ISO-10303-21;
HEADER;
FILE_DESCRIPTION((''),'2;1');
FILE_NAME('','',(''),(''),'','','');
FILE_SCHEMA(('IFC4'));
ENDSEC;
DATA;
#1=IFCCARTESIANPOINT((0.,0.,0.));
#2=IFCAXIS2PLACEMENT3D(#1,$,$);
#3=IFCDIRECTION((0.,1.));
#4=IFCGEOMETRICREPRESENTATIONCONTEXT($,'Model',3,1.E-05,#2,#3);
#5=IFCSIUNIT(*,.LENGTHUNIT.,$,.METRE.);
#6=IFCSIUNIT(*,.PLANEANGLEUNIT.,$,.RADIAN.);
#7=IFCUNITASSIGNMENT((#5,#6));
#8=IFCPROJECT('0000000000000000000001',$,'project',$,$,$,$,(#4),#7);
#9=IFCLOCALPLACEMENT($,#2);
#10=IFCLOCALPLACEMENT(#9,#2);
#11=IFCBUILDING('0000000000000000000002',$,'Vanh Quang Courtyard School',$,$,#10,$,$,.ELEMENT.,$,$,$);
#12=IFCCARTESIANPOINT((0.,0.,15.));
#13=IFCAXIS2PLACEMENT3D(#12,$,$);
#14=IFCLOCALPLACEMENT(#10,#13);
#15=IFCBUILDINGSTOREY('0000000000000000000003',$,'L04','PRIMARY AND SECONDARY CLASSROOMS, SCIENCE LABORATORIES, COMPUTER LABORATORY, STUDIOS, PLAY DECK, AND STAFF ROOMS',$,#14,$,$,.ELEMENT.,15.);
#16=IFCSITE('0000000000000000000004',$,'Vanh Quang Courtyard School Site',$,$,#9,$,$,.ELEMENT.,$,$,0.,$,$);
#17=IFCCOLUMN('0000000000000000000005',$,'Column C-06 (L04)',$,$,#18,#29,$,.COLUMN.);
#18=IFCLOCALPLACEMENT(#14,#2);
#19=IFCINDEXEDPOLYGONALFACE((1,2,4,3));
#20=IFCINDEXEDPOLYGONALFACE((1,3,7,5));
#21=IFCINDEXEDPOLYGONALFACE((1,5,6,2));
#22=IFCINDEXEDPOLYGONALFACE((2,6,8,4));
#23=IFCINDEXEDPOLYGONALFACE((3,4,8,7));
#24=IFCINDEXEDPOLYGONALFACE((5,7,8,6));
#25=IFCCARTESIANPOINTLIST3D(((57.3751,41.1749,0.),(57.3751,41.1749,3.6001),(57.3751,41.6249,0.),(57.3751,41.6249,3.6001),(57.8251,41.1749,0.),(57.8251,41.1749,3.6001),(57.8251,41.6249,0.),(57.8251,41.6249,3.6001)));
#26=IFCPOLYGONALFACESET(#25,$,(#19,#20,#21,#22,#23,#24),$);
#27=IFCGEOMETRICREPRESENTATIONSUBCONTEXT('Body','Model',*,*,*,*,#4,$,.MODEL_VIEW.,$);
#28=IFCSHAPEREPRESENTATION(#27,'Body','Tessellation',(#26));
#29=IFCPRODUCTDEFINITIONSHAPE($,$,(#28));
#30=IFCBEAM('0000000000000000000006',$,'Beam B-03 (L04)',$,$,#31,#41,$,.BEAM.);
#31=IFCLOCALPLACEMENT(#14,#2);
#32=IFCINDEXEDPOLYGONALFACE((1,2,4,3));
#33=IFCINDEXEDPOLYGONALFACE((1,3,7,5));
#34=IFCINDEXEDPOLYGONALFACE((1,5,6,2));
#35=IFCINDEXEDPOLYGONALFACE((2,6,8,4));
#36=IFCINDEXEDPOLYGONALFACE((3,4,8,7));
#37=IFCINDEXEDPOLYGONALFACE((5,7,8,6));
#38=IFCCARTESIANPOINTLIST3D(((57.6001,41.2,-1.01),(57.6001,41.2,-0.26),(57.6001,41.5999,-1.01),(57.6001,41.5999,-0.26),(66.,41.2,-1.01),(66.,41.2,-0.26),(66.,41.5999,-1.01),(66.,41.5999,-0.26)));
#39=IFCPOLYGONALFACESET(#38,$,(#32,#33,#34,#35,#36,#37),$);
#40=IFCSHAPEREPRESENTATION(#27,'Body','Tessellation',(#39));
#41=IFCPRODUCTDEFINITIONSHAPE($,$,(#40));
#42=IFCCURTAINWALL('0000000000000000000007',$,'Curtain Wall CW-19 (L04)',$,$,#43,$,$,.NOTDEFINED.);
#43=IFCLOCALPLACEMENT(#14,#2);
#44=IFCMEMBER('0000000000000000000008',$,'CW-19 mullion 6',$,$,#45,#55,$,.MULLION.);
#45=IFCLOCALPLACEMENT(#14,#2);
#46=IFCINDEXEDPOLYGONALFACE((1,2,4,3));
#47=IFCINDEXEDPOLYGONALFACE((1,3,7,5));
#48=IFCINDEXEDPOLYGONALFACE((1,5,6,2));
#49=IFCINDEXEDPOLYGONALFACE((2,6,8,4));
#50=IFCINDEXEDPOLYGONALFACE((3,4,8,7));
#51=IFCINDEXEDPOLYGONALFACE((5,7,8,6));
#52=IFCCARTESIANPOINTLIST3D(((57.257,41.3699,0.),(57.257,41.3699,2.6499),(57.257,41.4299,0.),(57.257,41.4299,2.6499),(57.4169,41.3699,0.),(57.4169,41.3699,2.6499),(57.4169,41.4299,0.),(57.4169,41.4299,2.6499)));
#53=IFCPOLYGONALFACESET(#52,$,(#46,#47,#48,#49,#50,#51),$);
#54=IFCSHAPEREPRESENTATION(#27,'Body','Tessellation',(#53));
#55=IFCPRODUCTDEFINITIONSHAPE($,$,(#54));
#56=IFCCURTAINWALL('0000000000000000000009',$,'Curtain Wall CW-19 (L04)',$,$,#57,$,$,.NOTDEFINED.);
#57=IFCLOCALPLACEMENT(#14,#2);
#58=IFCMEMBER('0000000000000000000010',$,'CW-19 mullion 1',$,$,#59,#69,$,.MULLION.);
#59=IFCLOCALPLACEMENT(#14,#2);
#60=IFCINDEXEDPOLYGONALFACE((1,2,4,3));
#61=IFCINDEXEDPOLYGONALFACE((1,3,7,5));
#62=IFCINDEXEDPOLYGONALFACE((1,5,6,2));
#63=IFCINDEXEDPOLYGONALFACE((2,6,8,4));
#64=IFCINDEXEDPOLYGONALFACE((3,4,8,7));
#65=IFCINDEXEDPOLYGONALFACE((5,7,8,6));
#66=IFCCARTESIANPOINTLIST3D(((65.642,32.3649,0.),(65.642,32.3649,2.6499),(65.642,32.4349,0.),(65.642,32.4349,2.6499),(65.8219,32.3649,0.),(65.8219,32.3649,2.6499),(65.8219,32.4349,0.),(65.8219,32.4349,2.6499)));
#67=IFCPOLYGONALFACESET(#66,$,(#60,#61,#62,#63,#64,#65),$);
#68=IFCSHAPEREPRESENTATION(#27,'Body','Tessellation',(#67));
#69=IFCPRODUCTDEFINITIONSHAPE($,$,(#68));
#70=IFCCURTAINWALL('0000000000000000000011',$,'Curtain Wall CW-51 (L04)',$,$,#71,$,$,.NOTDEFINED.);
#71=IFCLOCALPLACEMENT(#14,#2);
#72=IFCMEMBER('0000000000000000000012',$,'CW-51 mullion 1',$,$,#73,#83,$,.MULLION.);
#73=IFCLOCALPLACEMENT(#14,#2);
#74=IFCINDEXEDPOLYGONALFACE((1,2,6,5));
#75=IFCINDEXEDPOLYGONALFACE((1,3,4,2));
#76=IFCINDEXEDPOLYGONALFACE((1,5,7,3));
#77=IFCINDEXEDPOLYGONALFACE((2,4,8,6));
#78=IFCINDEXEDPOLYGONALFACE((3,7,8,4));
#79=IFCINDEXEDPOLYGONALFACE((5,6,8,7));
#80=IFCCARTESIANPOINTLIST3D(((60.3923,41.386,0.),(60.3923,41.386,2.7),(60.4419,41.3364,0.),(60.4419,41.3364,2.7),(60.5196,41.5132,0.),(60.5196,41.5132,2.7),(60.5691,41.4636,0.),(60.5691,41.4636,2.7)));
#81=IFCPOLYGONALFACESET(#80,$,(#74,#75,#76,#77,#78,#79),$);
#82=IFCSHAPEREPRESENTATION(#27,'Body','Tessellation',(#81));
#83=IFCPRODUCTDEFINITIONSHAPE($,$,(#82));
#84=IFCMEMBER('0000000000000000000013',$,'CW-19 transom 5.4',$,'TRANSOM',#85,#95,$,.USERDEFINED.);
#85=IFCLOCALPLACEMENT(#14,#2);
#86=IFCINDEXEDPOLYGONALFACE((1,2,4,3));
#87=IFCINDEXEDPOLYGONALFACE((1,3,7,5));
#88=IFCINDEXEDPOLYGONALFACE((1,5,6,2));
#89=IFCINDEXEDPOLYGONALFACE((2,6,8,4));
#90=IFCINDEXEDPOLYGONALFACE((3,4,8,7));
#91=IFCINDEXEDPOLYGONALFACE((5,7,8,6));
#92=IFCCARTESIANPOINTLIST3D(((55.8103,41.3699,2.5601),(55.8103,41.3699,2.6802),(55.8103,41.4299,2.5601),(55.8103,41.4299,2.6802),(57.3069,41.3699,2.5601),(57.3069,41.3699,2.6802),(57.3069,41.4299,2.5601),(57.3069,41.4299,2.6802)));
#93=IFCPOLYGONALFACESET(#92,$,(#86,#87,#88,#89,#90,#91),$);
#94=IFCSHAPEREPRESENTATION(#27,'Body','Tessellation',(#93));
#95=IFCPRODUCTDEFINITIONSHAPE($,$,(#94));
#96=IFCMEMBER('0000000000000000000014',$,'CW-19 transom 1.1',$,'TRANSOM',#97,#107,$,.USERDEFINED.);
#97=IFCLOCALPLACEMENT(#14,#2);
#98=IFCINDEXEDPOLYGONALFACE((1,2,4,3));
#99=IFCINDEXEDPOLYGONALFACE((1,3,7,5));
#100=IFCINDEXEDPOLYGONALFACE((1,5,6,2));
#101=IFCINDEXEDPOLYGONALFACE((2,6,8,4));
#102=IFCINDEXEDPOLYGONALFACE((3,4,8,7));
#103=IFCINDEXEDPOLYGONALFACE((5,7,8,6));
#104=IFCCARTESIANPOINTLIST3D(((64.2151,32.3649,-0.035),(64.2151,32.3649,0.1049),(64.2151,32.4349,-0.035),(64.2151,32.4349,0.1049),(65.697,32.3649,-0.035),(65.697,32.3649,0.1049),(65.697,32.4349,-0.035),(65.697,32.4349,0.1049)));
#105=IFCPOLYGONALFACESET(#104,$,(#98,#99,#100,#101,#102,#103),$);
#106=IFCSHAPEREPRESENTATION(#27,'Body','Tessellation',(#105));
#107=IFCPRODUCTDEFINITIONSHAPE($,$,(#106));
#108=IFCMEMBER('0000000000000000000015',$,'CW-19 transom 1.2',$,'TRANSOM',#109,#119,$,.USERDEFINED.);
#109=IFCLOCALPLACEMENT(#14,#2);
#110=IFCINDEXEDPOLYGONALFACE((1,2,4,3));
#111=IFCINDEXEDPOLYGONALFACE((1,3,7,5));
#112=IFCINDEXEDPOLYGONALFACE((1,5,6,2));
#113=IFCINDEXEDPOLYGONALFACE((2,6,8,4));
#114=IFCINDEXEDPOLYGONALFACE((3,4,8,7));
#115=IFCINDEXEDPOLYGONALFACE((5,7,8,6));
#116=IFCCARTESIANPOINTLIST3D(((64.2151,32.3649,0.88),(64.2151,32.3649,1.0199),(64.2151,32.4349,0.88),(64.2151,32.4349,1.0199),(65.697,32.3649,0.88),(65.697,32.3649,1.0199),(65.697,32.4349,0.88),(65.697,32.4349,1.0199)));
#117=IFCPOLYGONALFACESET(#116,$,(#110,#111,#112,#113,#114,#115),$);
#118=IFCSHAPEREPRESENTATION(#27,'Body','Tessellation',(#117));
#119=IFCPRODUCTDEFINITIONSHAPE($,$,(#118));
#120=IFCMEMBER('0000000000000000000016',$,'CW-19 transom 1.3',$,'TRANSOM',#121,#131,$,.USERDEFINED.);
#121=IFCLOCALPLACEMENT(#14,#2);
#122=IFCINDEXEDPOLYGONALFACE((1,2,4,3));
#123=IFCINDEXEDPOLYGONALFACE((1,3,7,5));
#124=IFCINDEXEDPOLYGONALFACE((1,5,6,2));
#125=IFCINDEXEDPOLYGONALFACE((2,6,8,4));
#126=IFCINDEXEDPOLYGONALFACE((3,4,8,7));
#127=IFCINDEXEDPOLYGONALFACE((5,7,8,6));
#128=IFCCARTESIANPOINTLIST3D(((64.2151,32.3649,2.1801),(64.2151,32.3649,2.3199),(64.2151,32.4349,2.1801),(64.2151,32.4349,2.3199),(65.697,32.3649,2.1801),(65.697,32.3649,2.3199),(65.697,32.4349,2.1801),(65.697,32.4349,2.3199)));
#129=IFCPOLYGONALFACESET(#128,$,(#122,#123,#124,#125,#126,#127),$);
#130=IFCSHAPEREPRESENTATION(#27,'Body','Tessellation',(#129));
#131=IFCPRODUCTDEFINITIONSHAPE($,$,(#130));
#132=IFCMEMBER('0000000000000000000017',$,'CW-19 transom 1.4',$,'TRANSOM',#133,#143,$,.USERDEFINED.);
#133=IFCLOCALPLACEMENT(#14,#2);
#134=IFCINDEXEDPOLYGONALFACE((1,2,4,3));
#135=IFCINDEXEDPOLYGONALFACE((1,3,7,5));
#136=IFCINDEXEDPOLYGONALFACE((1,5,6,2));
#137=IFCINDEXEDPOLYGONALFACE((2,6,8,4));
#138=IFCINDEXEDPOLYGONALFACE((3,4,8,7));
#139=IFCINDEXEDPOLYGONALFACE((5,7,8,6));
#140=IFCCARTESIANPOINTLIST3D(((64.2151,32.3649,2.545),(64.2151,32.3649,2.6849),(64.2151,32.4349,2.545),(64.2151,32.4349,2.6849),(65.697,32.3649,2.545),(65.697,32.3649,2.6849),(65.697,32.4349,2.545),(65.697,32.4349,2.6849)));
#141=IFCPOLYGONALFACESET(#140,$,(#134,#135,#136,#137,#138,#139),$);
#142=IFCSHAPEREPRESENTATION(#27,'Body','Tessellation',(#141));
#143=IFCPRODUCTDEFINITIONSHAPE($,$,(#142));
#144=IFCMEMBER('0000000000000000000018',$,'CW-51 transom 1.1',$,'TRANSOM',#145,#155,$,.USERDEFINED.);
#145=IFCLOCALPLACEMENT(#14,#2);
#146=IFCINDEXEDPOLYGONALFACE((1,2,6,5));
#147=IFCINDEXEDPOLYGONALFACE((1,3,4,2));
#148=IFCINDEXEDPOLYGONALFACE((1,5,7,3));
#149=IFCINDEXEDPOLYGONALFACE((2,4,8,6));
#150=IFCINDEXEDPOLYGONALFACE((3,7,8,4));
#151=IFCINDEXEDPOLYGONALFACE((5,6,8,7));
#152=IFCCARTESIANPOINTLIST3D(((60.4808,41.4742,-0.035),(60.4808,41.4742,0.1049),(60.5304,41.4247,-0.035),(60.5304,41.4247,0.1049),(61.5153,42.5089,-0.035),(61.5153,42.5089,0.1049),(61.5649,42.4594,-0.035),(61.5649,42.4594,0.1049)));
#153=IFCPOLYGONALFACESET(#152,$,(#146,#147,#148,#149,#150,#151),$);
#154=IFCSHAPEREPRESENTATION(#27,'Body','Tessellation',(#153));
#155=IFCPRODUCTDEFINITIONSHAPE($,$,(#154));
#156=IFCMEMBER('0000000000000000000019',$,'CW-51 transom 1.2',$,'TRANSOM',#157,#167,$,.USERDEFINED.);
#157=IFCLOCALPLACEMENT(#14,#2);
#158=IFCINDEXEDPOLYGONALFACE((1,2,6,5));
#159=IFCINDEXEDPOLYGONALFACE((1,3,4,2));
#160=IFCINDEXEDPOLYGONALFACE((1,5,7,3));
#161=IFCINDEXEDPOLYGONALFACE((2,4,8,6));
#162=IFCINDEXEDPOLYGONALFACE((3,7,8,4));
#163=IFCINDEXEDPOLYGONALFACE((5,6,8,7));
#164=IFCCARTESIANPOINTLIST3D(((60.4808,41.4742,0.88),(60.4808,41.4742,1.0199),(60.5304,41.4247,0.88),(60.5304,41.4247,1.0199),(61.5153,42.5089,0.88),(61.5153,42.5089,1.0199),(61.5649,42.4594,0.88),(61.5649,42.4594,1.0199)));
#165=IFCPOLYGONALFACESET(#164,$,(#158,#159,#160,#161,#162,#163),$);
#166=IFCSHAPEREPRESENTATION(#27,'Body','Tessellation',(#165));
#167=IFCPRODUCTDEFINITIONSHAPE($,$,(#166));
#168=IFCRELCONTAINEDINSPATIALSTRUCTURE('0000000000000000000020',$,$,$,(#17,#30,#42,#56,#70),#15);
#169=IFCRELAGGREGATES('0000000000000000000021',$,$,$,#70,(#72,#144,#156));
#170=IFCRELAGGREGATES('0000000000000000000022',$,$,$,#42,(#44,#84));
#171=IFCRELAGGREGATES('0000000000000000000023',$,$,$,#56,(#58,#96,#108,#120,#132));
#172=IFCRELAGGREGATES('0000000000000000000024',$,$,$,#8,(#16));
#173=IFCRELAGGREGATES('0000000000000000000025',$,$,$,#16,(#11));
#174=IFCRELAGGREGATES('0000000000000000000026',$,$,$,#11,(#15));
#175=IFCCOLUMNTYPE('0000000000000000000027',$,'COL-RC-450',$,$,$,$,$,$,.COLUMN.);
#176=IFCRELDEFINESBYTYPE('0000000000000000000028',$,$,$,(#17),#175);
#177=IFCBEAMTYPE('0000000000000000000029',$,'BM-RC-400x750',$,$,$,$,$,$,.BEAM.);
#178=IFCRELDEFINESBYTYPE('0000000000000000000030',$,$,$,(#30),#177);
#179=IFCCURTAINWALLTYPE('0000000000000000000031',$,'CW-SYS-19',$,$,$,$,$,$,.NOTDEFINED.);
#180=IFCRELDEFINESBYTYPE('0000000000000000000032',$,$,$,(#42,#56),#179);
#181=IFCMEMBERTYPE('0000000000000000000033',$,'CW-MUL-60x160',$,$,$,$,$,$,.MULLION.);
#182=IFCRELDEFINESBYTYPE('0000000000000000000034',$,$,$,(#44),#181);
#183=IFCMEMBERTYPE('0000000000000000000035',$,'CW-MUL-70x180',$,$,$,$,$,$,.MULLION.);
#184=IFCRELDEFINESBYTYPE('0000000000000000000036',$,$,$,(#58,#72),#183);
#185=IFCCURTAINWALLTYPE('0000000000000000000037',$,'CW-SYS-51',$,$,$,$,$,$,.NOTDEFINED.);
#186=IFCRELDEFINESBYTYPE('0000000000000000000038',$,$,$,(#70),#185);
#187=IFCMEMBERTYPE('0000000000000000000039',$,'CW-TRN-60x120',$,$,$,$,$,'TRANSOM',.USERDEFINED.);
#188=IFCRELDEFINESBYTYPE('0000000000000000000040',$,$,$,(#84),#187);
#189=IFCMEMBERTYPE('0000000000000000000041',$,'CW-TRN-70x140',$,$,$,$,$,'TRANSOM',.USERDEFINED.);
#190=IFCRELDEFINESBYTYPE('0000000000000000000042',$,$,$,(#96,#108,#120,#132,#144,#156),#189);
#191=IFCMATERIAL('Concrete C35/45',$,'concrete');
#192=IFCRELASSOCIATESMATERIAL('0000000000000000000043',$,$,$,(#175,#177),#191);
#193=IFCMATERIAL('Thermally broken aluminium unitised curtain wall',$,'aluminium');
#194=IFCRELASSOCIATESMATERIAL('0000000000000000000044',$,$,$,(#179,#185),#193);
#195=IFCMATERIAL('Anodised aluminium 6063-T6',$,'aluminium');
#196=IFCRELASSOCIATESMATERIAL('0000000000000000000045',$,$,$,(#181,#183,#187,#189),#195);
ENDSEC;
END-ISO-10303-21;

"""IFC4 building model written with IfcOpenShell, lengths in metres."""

from ifc_helpers import new_model, si_unit, direction, frame, origin, origin_2d, place, context, subcontext, project, spatial, rectangle, extrude, material, material_profile, profile_set, type_object, element, aggregate, save


model = new_model("IFC4")

# Units and contexts
model_context = context("Model", 3, precision=1e-05, world=origin(), true_north=direction((0.0, 1.0)))
body_context = subcontext(model_context, "Body", "Model", "MODEL_VIEW")
ifc_project = project(units=[si_unit("LENGTHUNIT", "METRE"), si_unit("PLANEANGLEUNIT", "RADIAN")], contexts=[model_context])

# Site, building, storey
site_placement = place(None, origin())
site = spatial("IfcSite", under=ifc_project, at=site_placement, Name="Vanh Quang Courtyard School Site", CompositionType="ELEMENT", RefElevation=0.0)
building_placement = place(site_placement, origin())
building = spatial("IfcBuilding", under=site, at=building_placement, Name="Vanh Quang Courtyard School", CompositionType="ELEMENT")
storey_placement = place(building_placement, frame((0.0, 0.0, 15.0)))
storey = spatial("IfcBuildingStorey", under=building, at=storey_placement, Name="L04", Description="PRIMARY AND SECONDARY CLASSROOMS, SCIENCE LABORATORIES, COMPUTER LABORATORY, STUDIOS, PLAY DECK, AND STAFF ROOMS", CompositionType="ELEMENT", Elevation=15.0)

# Column
ifc_material_1 = material(Name="Concrete C35/45", Category="concrete")
ifc_material_profile_1 = material_profile(ifc_material_1, rectangle(XDim=0.45, YDim=0.45, at=origin_2d()), Name="RC-COL 450x450")
ifc_profile_set_1 = profile_set([ifc_material_profile_1], Name="Concrete C35/45")
column_type = type_object("IfcColumnType", Name="COL-RC-450", PredefinedType="COLUMN", material=ifc_profile_set_1)
column_placement = place(storey_placement, frame((57.6001, 41.3999, 0.0), z_axis=(0.0, 0.0, 1.0), x_axis=(1.0, 0.0, 0.0)))
element("IfcColumn", 1, at=column_placement, inside=storey, type_object=column_type, Name="Column C-06 (L04)", PredefinedType="COLUMN", context=body_context, shape_type="SweptSolid", body=[
    extrude(rectangle(XDim=0.45, YDim=0.45, at=origin_2d()), origin(), (0.0, 0.0, 1.0), 3.6001),
])

# Beam
ifc_material_profile_2 = material_profile(ifc_material_1, rectangle(XDim=0.3999, YDim=0.75, at=origin_2d()), Name="RC-BM 400x750")
ifc_profile_set_2 = profile_set([ifc_material_profile_2], Name="Concrete C35/45")
beam_type_1 = type_object("IfcBeamType", Name="BM-RC-400x750", PredefinedType="BEAM", material=ifc_profile_set_2)
beam_placement = place(storey_placement, frame((57.6001, 41.3999, -0.635), z_axis=(1.0, 0.0, 0.0), x_axis=(0.0, 1.0, 0.0)))
element("IfcBeam", 2, at=beam_placement, inside=storey, type_object=beam_type_1, Name="Beam B-03 (L04)", PredefinedType="BEAM", context=body_context, shape_type="SweptSolid", body=[
    extrude(rectangle(XDim=0.3999, YDim=0.75, at=origin_2d()), origin(), (0.0, 0.0, 1.0), 8.3999),
])

# Curtain walls, members
ifc_material_2 = material(Name="Thermally broken aluminium unitised curtain wall", Category="aluminium")
curtain_wall_type_1 = type_object("IfcCurtainWallType", Name="CW-SYS-19", PredefinedType="NOTDEFINED", material=ifc_material_2)
curtain_wall_1_placement = place(storey_placement, origin())
curtain_wall_1 = element("IfcCurtainWall", 3, at=curtain_wall_1_placement, inside=storey, type_object=curtain_wall_type_1, Name="Curtain Wall CW-19 (L04)", PredefinedType="NOTDEFINED")
ifc_material_3 = material(Name="Anodised aluminium 6063-T6", Category="aluminium")
ifc_material_profile_3 = material_profile(ifc_material_3, rectangle(XDim=0.0601, YDim=0.1599, at=origin_2d()), Name="ALU-MUL 60x160")
ifc_profile_set_3 = profile_set([ifc_material_profile_3], Name="Anodised aluminium 6063-T6")
member_type_1 = type_object("IfcMemberType", Name="CW-MUL-60x160", PredefinedType="MULLION", material=ifc_profile_set_3)
member_1_placement = place(storey_placement, frame((57.3369, 41.3999, 0.0), z_axis=(0.0, 0.0, 1.0), x_axis=(0.0, 1.0, 0.0)))
member_1 = element("IfcMember", 4, at=member_1_placement, type_object=member_type_1, Name="CW-19 mullion 6", PredefinedType="MULLION", context=body_context, shape_type="SweptSolid", body=[
    extrude(rectangle(XDim=0.0601, YDim=0.1599, at=origin_2d()), origin(), (0.0, 0.0, 1.0), 2.6499),
])
curtain_wall_2_placement = place(storey_placement, origin())
curtain_wall_2 = element("IfcCurtainWall", 5, at=curtain_wall_2_placement, inside=storey, type_object=curtain_wall_type_1, Name="Curtain Wall CW-19 (L04)", PredefinedType="NOTDEFINED")
ifc_material_profile_4 = material_profile(ifc_material_3, rectangle(XDim=0.0701, YDim=0.1799, at=origin_2d()), Name="ALU-MUL 70x180")
ifc_profile_set_4 = profile_set([ifc_material_profile_4], Name="Anodised aluminium 6063-T6")
member_type_2 = type_object("IfcMemberType", Name="CW-MUL-70x180", PredefinedType="MULLION", material=ifc_profile_set_4)
member_2_placement = place(storey_placement, frame((65.7319, 32.3999, 0.0), z_axis=(0.0, 0.0, 1.0), x_axis=(0.0, -1.0, 0.0)))
member_2 = element("IfcMember", 6, at=member_2_placement, type_object=member_type_2, Name="CW-19 mullion 1", PredefinedType="MULLION", context=body_context, shape_type="SweptSolid", body=[
    extrude(rectangle(XDim=0.0701, YDim=0.1799, at=origin_2d()), origin(), (0.0, 0.0, 1.0), 2.6499),
])
curtain_wall_type_2 = type_object("IfcCurtainWallType", Name="CW-SYS-51", PredefinedType="NOTDEFINED", material=ifc_material_2)
curtain_wall_3_placement = place(storey_placement, origin())
curtain_wall_3 = element("IfcCurtainWall", 7, at=curtain_wall_3_placement, inside=storey, type_object=curtain_wall_type_2, Name="Curtain Wall CW-51 (L04)", PredefinedType="NOTDEFINED")
member_3_placement = place(storey_placement, frame((60.4807, 41.4248, 0.0), z_axis=(0.0, 0.0, 1.0), x_axis=(-0.707107, 0.707107, 0.0)))
member_3 = element("IfcMember", 8, at=member_3_placement, type_object=member_type_2, Name="CW-51 mullion 1", PredefinedType="MULLION", context=body_context, shape_type="SweptSolid", body=[
    extrude(rectangle(XDim=0.0701, YDim=0.1799, at=origin_2d()), origin(), (0.0, 0.0, 1.0), 2.7),
])

# Members
ifc_material_profile_5 = material_profile(ifc_material_3, rectangle(XDim=0.0601, YDim=0.1201, at=origin_2d()), Name="ALU-TRN 60x120")
ifc_profile_set_5 = profile_set([ifc_material_profile_5], Name="Anodised aluminium 6063-T6")
member_type_3 = type_object("IfcMemberType", Name="CW-TRN-60x120", ElementType="TRANSOM", PredefinedType="USERDEFINED", material=ifc_profile_set_5)
member_4_placement = place(storey_placement, frame((55.8103, 41.3999, 2.6201), z_axis=(1.0, 0.0, 0.0), x_axis=(0.0, 1.0, 0.0)))
member_4 = element("IfcMember", 9, at=member_4_placement, type_object=member_type_3, Name="CW-19 transom 5.4", ObjectType="TRANSOM", PredefinedType="USERDEFINED", context=body_context, shape_type="SweptSolid", body=[
    extrude(rectangle(XDim=0.0601, YDim=0.1201, at=origin_2d()), origin(), (0.0, 0.0, 1.0), 1.4966),
])
ifc_material_profile_6 = material_profile(ifc_material_3, rectangle(XDim=0.0701, YDim=0.1399, at=origin_2d()), Name="ALU-TRN 70x140")
ifc_profile_set_6 = profile_set([ifc_material_profile_6], Name="Anodised aluminium 6063-T6")
member_type_4 = type_object("IfcMemberType", Name="CW-TRN-70x140", ElementType="TRANSOM", PredefinedType="USERDEFINED", material=ifc_profile_set_6)
member_5_placement = place(storey_placement, frame((65.697, 32.3999, 0.0349), z_axis=(-1.0, 0.0, 0.0), x_axis=(0.0, -1.0, 0.0)))
member_5 = element("IfcMember", 10, at=member_5_placement, type_object=member_type_4, Name="CW-19 transom 1.1", ObjectType="TRANSOM", PredefinedType="USERDEFINED", context=body_context, shape_type="SweptSolid", body=[
    extrude(rectangle(XDim=0.0701, YDim=0.1399, at=origin_2d()), origin(), (0.0, 0.0, 1.0), 1.4819),
])
member_6_placement = place(storey_placement, frame((65.697, 32.3999, 0.95), z_axis=(-1.0, 0.0, 0.0), x_axis=(0.0, -1.0, 0.0)))
member_6 = element("IfcMember", 11, at=member_6_placement, type_object=member_type_4, Name="CW-19 transom 1.2", ObjectType="TRANSOM", PredefinedType="USERDEFINED", context=body_context, shape_type="SweptSolid", body=[
    extrude(rectangle(XDim=0.0701, YDim=0.1399, at=origin_2d()), origin(), (0.0, 0.0, 1.0), 1.4819),
])
member_7_placement = place(storey_placement, frame((65.697, 32.3999, 2.25), z_axis=(-1.0, 0.0, 0.0), x_axis=(0.0, -1.0, 0.0)))
member_7 = element("IfcMember", 12, at=member_7_placement, type_object=member_type_4, Name="CW-19 transom 1.3", ObjectType="TRANSOM", PredefinedType="USERDEFINED", context=body_context, shape_type="SweptSolid", body=[
    extrude(rectangle(XDim=0.0701, YDim=0.1399, at=origin_2d()), origin(), (0.0, 0.0, 1.0), 1.4819),
])
member_8_placement = place(storey_placement, frame((65.697, 32.3999, 2.615), z_axis=(-1.0, 0.0, 0.0), x_axis=(0.0, -1.0, 0.0)))
member_8 = element("IfcMember", 13, at=member_8_placement, type_object=member_type_4, Name="CW-19 transom 1.4", ObjectType="TRANSOM", PredefinedType="USERDEFINED", context=body_context, shape_type="SweptSolid", body=[
    extrude(rectangle(XDim=0.0701, YDim=0.1399, at=origin_2d()), origin(), (0.0, 0.0, 1.0), 1.4819),
])
member_9_placement = place(storey_placement, frame((60.5056, 41.4495, 0.0349), z_axis=(0.707023, 0.70719, 0.0), x_axis=(-0.70719, 0.707023, 0.0)))
member_9 = element("IfcMember", 14, at=member_9_placement, type_object=member_type_4, Name="CW-51 transom 1.1", ObjectType="TRANSOM", PredefinedType="USERDEFINED", context=body_context, shape_type="SweptSolid", body=[
    extrude(rectangle(XDim=0.0701, YDim=0.1399, at=origin_2d()), origin(), (0.0, 0.0, 1.0), 1.4631),
])
member_10_placement = place(storey_placement, frame((60.5056, 41.4495, 0.95), z_axis=(0.707023, 0.70719, 0.0), x_axis=(-0.70719, 0.707023, 0.0)))
member_10 = element("IfcMember", 15, at=member_10_placement, type_object=member_type_4, Name="CW-51 transom 1.2", ObjectType="TRANSOM", PredefinedType="USERDEFINED", context=body_context, shape_type="SweptSolid", body=[
    extrude(rectangle(XDim=0.0701, YDim=0.1399, at=origin_2d()), origin(), (0.0, 0.0, 1.0), 1.4631),
])
aggregate(curtain_wall_3, [member_3, member_9, member_10])

aggregate(curtain_wall_1, [member_1, member_4])
aggregate(curtain_wall_2, [member_2, member_5, member_6, member_7, member_8])

save(model, "model.ifc")
